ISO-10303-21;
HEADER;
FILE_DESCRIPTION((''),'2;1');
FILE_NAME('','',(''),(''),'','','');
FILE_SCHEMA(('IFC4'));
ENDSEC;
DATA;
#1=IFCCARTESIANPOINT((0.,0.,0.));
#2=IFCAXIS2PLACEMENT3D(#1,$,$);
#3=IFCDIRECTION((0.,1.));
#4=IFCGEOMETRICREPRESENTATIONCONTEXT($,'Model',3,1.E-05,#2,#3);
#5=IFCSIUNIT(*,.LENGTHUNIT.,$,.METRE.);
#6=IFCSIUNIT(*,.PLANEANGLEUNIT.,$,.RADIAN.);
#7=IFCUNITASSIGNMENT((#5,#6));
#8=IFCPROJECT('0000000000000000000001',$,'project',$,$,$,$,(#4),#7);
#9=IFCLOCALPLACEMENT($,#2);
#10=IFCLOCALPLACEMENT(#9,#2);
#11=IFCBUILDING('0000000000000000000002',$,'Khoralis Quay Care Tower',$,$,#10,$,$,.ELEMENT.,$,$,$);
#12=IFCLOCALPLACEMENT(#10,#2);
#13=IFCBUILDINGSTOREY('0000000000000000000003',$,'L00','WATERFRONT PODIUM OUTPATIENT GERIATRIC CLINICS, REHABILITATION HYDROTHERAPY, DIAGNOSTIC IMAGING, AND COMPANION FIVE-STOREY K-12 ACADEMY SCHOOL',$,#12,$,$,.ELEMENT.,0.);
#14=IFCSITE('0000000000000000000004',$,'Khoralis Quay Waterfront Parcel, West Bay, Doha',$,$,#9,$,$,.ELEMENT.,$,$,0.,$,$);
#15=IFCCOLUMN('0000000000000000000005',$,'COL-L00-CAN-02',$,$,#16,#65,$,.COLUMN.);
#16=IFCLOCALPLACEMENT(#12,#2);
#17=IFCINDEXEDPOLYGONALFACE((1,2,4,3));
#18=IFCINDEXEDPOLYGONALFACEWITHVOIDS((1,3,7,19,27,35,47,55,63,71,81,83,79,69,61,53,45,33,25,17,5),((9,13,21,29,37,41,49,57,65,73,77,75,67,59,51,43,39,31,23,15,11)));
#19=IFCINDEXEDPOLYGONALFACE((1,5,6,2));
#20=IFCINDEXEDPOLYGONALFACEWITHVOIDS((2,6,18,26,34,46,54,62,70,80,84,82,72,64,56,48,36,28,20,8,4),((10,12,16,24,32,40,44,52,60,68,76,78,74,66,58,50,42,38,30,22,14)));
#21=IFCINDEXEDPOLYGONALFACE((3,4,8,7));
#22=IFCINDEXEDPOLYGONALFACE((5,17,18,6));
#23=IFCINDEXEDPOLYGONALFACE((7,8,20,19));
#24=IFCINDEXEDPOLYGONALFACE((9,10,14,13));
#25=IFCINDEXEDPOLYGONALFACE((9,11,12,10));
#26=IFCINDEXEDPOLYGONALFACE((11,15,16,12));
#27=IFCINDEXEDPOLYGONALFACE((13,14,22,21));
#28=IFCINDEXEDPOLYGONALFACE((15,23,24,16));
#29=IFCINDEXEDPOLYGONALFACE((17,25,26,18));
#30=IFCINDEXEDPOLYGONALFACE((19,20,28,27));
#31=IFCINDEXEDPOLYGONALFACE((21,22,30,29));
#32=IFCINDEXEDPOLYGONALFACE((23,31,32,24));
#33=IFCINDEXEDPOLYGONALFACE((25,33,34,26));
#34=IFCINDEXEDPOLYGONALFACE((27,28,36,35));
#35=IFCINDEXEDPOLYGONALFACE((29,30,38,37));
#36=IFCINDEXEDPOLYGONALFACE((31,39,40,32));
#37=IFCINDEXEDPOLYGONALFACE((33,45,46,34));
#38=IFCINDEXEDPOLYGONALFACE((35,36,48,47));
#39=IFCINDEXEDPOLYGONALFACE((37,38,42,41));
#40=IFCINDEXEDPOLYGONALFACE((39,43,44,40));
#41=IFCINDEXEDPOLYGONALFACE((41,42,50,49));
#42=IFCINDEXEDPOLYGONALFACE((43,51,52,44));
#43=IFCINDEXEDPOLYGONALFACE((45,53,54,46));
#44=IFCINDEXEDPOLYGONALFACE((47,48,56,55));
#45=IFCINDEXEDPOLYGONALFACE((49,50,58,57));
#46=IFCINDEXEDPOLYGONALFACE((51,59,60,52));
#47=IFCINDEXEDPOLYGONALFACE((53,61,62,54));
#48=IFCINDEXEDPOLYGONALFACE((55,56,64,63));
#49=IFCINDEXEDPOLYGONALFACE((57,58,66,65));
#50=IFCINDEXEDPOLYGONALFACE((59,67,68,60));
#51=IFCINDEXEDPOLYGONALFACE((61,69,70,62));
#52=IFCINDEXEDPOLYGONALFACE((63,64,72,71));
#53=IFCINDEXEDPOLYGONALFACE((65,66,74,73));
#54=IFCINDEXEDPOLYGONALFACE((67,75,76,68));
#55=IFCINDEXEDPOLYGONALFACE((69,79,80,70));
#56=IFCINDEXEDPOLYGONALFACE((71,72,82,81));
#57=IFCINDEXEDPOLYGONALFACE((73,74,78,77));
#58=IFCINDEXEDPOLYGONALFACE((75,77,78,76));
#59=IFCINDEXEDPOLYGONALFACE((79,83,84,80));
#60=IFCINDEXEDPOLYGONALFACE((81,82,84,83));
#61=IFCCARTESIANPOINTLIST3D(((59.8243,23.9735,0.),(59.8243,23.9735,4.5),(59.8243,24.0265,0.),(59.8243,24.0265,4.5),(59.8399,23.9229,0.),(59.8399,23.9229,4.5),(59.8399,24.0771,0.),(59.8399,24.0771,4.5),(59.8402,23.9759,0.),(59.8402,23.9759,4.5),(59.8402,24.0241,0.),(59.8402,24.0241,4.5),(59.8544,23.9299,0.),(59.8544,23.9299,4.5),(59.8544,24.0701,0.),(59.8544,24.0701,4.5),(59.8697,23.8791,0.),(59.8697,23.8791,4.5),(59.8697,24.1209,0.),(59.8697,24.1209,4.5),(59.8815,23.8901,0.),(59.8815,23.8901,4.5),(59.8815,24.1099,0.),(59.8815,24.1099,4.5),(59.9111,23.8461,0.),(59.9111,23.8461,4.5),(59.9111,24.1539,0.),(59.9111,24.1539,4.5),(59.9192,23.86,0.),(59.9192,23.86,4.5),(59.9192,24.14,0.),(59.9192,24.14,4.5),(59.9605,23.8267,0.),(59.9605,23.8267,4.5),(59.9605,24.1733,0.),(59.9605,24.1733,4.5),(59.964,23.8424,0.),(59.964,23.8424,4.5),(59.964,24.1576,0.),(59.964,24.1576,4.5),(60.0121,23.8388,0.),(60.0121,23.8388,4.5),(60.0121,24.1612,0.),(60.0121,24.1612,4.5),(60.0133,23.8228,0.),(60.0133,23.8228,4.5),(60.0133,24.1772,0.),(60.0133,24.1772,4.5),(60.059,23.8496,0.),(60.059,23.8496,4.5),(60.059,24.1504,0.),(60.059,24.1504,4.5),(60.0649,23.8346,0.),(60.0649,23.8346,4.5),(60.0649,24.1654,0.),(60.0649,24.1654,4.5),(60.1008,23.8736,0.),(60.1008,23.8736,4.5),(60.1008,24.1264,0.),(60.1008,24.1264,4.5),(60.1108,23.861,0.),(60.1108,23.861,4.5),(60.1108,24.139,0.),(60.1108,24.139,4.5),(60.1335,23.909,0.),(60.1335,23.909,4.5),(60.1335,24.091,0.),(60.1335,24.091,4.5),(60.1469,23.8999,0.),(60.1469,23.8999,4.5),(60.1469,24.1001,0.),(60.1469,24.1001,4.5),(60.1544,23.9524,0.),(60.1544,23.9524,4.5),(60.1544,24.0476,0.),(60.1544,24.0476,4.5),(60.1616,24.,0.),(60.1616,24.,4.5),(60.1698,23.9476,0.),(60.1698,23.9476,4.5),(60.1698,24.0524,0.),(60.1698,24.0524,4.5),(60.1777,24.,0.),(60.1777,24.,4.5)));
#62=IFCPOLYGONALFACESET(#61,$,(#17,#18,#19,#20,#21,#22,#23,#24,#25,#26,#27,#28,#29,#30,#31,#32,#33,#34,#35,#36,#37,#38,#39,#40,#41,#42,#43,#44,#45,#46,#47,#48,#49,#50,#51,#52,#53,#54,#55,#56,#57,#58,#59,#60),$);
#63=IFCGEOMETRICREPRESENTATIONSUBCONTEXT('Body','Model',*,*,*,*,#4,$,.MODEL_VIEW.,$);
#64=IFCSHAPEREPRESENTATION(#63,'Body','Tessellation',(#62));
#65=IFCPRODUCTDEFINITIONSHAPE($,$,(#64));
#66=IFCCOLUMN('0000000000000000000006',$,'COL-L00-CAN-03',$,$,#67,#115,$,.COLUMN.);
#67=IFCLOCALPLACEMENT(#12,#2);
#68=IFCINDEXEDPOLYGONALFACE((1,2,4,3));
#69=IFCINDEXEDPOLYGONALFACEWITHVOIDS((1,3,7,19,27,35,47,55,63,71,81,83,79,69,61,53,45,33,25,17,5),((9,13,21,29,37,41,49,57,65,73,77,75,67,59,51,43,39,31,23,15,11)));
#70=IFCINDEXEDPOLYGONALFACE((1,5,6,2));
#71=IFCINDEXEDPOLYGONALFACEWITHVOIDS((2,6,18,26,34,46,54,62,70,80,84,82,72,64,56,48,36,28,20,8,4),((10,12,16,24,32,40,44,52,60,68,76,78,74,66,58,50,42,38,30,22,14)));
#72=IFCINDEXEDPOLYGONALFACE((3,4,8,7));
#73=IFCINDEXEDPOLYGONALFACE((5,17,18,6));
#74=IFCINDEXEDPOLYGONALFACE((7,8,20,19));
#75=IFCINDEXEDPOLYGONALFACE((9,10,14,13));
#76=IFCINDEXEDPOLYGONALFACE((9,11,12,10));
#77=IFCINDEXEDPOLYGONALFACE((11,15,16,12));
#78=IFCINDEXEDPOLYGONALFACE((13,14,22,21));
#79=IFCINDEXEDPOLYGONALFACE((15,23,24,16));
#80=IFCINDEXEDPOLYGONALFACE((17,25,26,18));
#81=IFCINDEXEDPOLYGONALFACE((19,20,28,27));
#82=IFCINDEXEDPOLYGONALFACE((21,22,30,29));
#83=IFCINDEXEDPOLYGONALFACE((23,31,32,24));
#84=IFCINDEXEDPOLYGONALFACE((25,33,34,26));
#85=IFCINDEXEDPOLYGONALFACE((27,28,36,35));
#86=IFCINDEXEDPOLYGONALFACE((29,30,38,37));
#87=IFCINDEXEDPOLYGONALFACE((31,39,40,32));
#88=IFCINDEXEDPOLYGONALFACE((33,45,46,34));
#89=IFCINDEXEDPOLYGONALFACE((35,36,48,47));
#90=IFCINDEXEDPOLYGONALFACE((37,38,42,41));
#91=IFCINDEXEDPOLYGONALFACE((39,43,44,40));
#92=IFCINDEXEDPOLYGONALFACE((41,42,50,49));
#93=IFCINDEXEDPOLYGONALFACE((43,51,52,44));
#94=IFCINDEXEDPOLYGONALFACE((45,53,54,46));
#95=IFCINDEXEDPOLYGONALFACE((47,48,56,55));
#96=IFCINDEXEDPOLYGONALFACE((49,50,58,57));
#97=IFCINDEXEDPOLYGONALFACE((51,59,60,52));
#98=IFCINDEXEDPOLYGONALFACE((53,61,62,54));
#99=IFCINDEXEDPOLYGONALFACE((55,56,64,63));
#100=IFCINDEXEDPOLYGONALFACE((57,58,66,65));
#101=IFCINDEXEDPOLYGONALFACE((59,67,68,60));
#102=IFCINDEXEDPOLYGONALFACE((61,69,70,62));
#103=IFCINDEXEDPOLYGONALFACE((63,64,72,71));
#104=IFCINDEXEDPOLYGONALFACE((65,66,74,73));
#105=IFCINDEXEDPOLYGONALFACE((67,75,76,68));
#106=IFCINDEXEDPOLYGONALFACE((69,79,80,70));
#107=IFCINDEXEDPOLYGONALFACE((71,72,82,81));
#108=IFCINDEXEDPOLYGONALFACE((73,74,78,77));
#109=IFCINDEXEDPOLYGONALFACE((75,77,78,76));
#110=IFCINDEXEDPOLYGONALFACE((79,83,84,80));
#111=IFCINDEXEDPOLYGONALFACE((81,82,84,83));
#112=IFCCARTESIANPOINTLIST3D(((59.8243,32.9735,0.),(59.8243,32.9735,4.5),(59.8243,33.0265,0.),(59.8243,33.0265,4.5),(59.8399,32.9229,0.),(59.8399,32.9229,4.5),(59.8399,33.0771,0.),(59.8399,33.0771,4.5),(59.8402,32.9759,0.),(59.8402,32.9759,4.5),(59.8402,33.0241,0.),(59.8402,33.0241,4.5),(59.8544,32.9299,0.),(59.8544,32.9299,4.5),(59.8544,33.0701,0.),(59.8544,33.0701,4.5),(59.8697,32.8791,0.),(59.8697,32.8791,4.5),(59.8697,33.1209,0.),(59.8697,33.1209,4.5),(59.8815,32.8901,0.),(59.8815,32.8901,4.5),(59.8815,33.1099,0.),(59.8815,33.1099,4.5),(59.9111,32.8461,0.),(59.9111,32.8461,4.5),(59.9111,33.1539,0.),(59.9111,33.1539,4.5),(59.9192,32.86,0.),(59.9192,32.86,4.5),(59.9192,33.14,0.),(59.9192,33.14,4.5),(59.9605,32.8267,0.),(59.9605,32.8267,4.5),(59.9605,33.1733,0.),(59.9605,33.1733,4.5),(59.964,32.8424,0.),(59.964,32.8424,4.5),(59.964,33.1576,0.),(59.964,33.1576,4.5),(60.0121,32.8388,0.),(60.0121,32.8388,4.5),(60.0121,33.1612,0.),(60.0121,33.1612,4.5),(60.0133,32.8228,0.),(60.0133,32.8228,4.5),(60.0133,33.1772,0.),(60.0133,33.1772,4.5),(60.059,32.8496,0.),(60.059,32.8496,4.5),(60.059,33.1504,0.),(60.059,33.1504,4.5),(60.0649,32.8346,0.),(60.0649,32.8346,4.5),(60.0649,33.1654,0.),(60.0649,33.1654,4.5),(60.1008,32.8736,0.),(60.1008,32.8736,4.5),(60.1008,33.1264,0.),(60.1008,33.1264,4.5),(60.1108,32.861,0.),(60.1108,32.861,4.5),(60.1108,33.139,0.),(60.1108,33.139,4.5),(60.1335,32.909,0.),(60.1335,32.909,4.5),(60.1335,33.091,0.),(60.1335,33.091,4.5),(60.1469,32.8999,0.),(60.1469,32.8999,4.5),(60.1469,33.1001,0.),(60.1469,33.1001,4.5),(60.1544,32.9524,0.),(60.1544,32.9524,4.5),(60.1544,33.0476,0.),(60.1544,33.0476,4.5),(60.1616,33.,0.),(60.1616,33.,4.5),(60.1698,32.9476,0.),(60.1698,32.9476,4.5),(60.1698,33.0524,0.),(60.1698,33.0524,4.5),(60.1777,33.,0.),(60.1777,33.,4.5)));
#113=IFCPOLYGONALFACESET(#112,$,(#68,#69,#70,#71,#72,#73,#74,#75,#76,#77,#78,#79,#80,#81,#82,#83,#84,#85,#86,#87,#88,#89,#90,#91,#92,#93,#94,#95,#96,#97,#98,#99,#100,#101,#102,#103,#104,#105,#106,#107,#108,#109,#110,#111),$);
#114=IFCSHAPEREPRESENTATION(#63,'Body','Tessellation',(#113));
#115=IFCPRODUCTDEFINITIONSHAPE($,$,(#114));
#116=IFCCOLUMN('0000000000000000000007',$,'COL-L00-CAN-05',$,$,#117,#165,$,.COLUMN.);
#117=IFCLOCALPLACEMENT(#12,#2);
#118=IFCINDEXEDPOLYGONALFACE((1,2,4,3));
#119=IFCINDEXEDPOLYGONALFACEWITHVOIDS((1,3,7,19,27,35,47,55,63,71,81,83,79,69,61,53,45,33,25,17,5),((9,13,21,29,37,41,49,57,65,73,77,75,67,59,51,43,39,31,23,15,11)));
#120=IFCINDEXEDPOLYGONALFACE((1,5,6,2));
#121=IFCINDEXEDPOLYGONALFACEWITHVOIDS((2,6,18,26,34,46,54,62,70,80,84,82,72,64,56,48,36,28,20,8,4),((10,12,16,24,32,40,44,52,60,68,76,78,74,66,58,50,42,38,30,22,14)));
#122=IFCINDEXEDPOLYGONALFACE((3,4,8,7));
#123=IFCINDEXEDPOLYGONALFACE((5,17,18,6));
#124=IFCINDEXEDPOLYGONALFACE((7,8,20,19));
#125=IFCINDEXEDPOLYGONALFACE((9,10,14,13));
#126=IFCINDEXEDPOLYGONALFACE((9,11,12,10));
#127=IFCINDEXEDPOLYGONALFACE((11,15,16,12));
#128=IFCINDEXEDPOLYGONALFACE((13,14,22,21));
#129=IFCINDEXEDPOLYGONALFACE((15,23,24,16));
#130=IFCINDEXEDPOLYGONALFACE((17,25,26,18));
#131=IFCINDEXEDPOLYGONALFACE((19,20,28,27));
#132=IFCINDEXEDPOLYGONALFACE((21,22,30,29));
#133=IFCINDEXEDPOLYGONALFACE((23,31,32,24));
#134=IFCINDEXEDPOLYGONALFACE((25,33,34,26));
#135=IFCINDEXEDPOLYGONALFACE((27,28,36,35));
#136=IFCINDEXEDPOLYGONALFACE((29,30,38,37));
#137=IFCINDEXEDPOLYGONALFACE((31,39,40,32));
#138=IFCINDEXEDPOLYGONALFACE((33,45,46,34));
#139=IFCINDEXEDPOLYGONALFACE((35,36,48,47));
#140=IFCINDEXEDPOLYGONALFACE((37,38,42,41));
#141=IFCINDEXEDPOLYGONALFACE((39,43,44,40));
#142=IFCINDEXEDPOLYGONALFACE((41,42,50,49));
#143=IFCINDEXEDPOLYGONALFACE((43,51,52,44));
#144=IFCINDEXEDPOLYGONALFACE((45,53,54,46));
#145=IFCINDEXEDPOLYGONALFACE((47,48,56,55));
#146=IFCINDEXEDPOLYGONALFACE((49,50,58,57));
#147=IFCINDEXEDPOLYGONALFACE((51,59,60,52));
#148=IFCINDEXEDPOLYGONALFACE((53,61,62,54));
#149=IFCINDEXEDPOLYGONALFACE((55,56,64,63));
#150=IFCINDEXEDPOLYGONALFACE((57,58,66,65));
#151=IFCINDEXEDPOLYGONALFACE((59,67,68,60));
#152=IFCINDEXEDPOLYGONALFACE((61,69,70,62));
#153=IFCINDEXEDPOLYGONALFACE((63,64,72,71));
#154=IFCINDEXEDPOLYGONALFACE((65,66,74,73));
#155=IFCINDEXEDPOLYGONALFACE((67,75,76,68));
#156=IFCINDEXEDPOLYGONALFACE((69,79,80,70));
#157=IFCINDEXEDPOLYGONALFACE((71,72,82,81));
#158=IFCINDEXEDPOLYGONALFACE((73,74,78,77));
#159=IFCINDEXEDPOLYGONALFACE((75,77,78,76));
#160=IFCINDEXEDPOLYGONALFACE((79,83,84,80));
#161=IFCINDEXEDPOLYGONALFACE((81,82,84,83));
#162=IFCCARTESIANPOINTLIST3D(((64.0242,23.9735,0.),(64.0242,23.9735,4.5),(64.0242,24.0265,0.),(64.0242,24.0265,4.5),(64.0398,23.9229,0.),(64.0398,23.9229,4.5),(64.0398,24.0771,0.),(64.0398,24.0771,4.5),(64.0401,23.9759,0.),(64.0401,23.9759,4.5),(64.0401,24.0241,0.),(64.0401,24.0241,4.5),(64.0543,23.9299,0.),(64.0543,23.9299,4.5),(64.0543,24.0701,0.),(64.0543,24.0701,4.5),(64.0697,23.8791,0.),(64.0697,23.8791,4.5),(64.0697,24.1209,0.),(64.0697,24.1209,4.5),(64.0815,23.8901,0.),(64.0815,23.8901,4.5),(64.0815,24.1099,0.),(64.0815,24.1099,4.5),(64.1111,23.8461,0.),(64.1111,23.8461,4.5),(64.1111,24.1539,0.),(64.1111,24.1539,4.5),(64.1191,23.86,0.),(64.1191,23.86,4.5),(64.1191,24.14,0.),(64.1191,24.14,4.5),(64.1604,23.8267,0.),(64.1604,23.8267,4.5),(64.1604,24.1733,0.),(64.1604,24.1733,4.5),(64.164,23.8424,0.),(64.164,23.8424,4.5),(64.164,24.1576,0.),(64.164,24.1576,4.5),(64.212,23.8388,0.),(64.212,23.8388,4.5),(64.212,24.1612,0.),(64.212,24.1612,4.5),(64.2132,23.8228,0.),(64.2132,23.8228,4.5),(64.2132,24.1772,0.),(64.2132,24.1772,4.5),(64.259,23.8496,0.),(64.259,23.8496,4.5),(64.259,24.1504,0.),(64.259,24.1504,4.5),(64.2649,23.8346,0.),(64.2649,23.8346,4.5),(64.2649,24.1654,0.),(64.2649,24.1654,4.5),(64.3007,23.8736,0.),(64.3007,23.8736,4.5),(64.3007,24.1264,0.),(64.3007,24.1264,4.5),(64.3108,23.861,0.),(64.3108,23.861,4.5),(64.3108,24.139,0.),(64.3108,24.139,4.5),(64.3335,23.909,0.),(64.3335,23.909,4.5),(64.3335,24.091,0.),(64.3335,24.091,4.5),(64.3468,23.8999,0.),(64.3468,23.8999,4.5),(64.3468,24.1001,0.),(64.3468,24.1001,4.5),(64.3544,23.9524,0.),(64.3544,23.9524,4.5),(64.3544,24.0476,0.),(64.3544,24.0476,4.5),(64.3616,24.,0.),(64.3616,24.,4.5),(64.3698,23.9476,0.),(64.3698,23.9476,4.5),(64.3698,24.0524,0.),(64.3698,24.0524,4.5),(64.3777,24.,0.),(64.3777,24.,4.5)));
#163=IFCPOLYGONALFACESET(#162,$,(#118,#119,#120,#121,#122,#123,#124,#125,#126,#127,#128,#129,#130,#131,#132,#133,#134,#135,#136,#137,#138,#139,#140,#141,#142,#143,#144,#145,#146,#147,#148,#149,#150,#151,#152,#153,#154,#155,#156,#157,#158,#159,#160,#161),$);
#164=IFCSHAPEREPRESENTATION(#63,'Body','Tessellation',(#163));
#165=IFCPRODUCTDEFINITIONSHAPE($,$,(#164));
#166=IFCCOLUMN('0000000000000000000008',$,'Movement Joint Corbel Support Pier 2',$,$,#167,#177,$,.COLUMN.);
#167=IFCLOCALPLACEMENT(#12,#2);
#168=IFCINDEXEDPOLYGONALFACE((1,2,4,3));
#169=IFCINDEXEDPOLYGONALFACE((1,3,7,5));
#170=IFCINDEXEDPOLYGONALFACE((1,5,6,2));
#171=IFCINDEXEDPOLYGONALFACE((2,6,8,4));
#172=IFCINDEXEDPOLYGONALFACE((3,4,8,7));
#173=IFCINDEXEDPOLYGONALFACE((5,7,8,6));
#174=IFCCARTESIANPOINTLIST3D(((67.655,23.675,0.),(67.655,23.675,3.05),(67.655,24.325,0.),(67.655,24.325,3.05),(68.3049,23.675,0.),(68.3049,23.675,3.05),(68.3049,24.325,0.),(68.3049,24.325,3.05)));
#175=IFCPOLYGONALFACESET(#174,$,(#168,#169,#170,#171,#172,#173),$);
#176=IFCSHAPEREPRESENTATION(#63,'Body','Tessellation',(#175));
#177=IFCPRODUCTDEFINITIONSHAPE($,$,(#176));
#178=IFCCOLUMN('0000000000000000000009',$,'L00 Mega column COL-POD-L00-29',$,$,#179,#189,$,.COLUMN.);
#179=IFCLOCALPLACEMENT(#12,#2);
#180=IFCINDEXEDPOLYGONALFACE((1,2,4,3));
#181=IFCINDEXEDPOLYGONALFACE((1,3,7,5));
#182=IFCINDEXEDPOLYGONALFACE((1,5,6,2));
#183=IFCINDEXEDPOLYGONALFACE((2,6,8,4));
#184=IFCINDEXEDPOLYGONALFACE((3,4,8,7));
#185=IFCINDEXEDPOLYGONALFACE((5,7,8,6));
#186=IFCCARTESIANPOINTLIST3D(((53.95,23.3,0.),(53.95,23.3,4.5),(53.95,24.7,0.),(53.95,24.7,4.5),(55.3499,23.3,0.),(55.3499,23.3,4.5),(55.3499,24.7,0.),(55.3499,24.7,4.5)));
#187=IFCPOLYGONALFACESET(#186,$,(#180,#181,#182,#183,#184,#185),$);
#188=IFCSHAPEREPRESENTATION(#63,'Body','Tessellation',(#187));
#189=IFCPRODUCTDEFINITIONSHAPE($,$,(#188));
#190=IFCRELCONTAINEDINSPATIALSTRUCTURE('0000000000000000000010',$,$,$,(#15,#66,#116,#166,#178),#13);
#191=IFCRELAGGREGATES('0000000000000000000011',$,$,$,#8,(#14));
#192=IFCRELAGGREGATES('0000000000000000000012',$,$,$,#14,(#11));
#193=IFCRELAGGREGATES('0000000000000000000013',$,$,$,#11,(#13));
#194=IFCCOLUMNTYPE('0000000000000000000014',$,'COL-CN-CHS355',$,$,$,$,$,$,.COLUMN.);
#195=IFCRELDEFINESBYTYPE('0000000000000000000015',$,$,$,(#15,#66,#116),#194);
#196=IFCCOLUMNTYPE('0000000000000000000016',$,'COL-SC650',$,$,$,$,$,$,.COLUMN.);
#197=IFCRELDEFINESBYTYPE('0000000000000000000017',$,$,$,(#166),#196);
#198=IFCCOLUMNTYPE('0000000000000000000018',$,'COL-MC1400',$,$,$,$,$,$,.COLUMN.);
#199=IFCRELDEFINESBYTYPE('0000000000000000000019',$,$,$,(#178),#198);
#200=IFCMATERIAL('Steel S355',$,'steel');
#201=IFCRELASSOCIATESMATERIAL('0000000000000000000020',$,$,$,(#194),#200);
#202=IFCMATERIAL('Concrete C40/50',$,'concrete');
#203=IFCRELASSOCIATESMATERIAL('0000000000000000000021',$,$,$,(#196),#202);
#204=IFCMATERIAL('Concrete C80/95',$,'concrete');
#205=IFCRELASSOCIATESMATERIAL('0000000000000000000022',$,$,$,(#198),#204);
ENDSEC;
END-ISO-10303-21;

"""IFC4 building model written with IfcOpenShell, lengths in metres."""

from ifc_helpers import new_model, si_unit, direction, frame, origin, origin_2d, place, context, subcontext, project, spatial, rectangle, hollow_circle, extrude, source, transform, mapped, material, material_profile, profile_set, type_object, element, save


model = new_model("IFC4")

# Units and contexts
model_context = context("Model", 3, precision=1e-05, world=origin(), true_north=direction((0.0, 1.0)))
body_context = subcontext(model_context, "Body", "Model", "MODEL_VIEW")
ifc_project = project(units=[si_unit("LENGTHUNIT", "METRE"), si_unit("PLANEANGLEUNIT", "RADIAN")], contexts=[model_context])

# Site, building, storey
site_placement = place(None, origin())
site = spatial("IfcSite", under=ifc_project, at=site_placement, Name="Khoralis Quay Waterfront Parcel, West Bay, Doha", CompositionType="ELEMENT", RefElevation=0.0)
building_placement = place(site_placement, origin())
building = spatial("IfcBuilding", under=site, at=building_placement, Name="Khoralis Quay Care Tower", CompositionType="ELEMENT")
storey_placement = place(building_placement, origin())
storey = spatial("IfcBuildingStorey", under=building, at=storey_placement, Name="L00", Description="WATERFRONT PODIUM OUTPATIENT GERIATRIC CLINICS, REHABILITATION HYDROTHERAPY, DIAGNOSTIC IMAGING, AND COMPANION FIVE-STOREY K-12 ACADEMY SCHOOL", CompositionType="ELEMENT", Elevation=0.0)

# Columns
ifc_material_1 = material(Name="Steel S355", Category="steel")
ifc_material_profile_1 = material_profile(ifc_material_1, hollow_circle(Radius=0.1777, WallThickness=0.0161, at=origin_2d()), Name="Steel S355")
ifc_profile_set_1 = profile_set([ifc_material_profile_1], Name="Steel S355")
column_type_1 = type_object("IfcColumnType", Name="COL-CN-CHS355", PredefinedType="COLUMN", material=ifc_profile_set_1)
shared_shape_1 = source(origin(), body_context, "Body", "SweptSolid", [
    extrude(hollow_circle(Radius=0.1777, WallThickness=0.0161, at=origin_2d()), origin(), (0.0, 0.0, 1.0), 4.5),
])
for number, where, z_axis, x_axis, name in (
    (1, (60.0, 24.0, 0.0), (0.0, 0.0, 1.0), (1.0, 0.0, 0.0), "COL-L00-CAN-02"),
    (2, (60.0, 33.0, 0.0), (0.0, 0.0, 1.0), (1.0, 0.0, 0.0), "COL-L00-CAN-03"),
    (3, (64.2, 24.0, 0.0), (0.0, 0.0, 1.0), (1.0, 0.0, 0.0), "COL-L00-CAN-05"),
):
    element("IfcColumn", number, at=place(storey_placement, frame(where, z_axis=z_axis, x_axis=x_axis)), inside=storey, type_object=column_type_1, Name=name, PredefinedType="COLUMN", context=body_context, shape_type="MappedRepresentation", body=[
        mapped(shared_shape_1, transform((0.0, 0.0, 0.0), scale=1.0)),
    ])
ifc_material_2 = material(Name="Concrete C40/50", Category="concrete")
ifc_material_profile_2 = material_profile(ifc_material_2, rectangle(XDim=0.6499, YDim=0.6499, at=origin_2d()), Name="Concrete C40/50")
ifc_profile_set_2 = profile_set([ifc_material_profile_2], Name="Concrete C40/50")
column_type_2 = type_object("IfcColumnType", Name="COL-SC650", PredefinedType="COLUMN", material=ifc_profile_set_2)
shared_shape_2 = source(origin(), body_context, "Body", "SweptSolid", [
    extrude(rectangle(XDim=0.6499, YDim=0.6499, at=origin_2d()), origin(), (0.0, 0.0, 1.0), 3.05),
])
column_1_placement = place(storey_placement, frame((67.98, 24.0, 0.0), z_axis=(0.0, 0.0, 1.0), x_axis=(1.0, 0.0, 0.0)))
element("IfcColumn", 4, at=column_1_placement, inside=storey, type_object=column_type_2, Name="Movement Joint Corbel Support Pier 2", PredefinedType="COLUMN", context=body_context, shape_type="MappedRepresentation", body=[
    mapped(shared_shape_2, transform((0.0, 0.0, 0.0), scale=1.0)),
])
ifc_material_3 = material(Name="Concrete C80/95", Category="concrete")
ifc_material_profile_3 = material_profile(ifc_material_3, rectangle(XDim=1.3999, YDim=1.3999, at=origin_2d()), Name="Concrete C80/95")
ifc_profile_set_3 = profile_set([ifc_material_profile_3], Name="Concrete C80/95")
column_type_3 = type_object("IfcColumnType", Name="COL-MC1400", PredefinedType="COLUMN", material=ifc_profile_set_3)
shared_shape_3 = source(origin(), body_context, "Body", "SweptSolid", [
    extrude(rectangle(XDim=1.3999, YDim=1.3999, at=origin_2d()), origin(), (0.0, 0.0, 1.0), 4.5),
])
column_2_placement = place(storey_placement, frame((54.6499, 24.0, 0.0), z_axis=(0.0, 0.0, 1.0), x_axis=(1.0, 0.0, 0.0)))
element("IfcColumn", 5, at=column_2_placement, inside=storey, type_object=column_type_3, Name="L00 Mega column COL-POD-L00-29", PredefinedType="COLUMN", context=body_context, shape_type="MappedRepresentation", body=[
    mapped(shared_shape_3, transform((0.0, 0.0, 0.0), scale=1.0)),
])

save(model, "model.ifc")
